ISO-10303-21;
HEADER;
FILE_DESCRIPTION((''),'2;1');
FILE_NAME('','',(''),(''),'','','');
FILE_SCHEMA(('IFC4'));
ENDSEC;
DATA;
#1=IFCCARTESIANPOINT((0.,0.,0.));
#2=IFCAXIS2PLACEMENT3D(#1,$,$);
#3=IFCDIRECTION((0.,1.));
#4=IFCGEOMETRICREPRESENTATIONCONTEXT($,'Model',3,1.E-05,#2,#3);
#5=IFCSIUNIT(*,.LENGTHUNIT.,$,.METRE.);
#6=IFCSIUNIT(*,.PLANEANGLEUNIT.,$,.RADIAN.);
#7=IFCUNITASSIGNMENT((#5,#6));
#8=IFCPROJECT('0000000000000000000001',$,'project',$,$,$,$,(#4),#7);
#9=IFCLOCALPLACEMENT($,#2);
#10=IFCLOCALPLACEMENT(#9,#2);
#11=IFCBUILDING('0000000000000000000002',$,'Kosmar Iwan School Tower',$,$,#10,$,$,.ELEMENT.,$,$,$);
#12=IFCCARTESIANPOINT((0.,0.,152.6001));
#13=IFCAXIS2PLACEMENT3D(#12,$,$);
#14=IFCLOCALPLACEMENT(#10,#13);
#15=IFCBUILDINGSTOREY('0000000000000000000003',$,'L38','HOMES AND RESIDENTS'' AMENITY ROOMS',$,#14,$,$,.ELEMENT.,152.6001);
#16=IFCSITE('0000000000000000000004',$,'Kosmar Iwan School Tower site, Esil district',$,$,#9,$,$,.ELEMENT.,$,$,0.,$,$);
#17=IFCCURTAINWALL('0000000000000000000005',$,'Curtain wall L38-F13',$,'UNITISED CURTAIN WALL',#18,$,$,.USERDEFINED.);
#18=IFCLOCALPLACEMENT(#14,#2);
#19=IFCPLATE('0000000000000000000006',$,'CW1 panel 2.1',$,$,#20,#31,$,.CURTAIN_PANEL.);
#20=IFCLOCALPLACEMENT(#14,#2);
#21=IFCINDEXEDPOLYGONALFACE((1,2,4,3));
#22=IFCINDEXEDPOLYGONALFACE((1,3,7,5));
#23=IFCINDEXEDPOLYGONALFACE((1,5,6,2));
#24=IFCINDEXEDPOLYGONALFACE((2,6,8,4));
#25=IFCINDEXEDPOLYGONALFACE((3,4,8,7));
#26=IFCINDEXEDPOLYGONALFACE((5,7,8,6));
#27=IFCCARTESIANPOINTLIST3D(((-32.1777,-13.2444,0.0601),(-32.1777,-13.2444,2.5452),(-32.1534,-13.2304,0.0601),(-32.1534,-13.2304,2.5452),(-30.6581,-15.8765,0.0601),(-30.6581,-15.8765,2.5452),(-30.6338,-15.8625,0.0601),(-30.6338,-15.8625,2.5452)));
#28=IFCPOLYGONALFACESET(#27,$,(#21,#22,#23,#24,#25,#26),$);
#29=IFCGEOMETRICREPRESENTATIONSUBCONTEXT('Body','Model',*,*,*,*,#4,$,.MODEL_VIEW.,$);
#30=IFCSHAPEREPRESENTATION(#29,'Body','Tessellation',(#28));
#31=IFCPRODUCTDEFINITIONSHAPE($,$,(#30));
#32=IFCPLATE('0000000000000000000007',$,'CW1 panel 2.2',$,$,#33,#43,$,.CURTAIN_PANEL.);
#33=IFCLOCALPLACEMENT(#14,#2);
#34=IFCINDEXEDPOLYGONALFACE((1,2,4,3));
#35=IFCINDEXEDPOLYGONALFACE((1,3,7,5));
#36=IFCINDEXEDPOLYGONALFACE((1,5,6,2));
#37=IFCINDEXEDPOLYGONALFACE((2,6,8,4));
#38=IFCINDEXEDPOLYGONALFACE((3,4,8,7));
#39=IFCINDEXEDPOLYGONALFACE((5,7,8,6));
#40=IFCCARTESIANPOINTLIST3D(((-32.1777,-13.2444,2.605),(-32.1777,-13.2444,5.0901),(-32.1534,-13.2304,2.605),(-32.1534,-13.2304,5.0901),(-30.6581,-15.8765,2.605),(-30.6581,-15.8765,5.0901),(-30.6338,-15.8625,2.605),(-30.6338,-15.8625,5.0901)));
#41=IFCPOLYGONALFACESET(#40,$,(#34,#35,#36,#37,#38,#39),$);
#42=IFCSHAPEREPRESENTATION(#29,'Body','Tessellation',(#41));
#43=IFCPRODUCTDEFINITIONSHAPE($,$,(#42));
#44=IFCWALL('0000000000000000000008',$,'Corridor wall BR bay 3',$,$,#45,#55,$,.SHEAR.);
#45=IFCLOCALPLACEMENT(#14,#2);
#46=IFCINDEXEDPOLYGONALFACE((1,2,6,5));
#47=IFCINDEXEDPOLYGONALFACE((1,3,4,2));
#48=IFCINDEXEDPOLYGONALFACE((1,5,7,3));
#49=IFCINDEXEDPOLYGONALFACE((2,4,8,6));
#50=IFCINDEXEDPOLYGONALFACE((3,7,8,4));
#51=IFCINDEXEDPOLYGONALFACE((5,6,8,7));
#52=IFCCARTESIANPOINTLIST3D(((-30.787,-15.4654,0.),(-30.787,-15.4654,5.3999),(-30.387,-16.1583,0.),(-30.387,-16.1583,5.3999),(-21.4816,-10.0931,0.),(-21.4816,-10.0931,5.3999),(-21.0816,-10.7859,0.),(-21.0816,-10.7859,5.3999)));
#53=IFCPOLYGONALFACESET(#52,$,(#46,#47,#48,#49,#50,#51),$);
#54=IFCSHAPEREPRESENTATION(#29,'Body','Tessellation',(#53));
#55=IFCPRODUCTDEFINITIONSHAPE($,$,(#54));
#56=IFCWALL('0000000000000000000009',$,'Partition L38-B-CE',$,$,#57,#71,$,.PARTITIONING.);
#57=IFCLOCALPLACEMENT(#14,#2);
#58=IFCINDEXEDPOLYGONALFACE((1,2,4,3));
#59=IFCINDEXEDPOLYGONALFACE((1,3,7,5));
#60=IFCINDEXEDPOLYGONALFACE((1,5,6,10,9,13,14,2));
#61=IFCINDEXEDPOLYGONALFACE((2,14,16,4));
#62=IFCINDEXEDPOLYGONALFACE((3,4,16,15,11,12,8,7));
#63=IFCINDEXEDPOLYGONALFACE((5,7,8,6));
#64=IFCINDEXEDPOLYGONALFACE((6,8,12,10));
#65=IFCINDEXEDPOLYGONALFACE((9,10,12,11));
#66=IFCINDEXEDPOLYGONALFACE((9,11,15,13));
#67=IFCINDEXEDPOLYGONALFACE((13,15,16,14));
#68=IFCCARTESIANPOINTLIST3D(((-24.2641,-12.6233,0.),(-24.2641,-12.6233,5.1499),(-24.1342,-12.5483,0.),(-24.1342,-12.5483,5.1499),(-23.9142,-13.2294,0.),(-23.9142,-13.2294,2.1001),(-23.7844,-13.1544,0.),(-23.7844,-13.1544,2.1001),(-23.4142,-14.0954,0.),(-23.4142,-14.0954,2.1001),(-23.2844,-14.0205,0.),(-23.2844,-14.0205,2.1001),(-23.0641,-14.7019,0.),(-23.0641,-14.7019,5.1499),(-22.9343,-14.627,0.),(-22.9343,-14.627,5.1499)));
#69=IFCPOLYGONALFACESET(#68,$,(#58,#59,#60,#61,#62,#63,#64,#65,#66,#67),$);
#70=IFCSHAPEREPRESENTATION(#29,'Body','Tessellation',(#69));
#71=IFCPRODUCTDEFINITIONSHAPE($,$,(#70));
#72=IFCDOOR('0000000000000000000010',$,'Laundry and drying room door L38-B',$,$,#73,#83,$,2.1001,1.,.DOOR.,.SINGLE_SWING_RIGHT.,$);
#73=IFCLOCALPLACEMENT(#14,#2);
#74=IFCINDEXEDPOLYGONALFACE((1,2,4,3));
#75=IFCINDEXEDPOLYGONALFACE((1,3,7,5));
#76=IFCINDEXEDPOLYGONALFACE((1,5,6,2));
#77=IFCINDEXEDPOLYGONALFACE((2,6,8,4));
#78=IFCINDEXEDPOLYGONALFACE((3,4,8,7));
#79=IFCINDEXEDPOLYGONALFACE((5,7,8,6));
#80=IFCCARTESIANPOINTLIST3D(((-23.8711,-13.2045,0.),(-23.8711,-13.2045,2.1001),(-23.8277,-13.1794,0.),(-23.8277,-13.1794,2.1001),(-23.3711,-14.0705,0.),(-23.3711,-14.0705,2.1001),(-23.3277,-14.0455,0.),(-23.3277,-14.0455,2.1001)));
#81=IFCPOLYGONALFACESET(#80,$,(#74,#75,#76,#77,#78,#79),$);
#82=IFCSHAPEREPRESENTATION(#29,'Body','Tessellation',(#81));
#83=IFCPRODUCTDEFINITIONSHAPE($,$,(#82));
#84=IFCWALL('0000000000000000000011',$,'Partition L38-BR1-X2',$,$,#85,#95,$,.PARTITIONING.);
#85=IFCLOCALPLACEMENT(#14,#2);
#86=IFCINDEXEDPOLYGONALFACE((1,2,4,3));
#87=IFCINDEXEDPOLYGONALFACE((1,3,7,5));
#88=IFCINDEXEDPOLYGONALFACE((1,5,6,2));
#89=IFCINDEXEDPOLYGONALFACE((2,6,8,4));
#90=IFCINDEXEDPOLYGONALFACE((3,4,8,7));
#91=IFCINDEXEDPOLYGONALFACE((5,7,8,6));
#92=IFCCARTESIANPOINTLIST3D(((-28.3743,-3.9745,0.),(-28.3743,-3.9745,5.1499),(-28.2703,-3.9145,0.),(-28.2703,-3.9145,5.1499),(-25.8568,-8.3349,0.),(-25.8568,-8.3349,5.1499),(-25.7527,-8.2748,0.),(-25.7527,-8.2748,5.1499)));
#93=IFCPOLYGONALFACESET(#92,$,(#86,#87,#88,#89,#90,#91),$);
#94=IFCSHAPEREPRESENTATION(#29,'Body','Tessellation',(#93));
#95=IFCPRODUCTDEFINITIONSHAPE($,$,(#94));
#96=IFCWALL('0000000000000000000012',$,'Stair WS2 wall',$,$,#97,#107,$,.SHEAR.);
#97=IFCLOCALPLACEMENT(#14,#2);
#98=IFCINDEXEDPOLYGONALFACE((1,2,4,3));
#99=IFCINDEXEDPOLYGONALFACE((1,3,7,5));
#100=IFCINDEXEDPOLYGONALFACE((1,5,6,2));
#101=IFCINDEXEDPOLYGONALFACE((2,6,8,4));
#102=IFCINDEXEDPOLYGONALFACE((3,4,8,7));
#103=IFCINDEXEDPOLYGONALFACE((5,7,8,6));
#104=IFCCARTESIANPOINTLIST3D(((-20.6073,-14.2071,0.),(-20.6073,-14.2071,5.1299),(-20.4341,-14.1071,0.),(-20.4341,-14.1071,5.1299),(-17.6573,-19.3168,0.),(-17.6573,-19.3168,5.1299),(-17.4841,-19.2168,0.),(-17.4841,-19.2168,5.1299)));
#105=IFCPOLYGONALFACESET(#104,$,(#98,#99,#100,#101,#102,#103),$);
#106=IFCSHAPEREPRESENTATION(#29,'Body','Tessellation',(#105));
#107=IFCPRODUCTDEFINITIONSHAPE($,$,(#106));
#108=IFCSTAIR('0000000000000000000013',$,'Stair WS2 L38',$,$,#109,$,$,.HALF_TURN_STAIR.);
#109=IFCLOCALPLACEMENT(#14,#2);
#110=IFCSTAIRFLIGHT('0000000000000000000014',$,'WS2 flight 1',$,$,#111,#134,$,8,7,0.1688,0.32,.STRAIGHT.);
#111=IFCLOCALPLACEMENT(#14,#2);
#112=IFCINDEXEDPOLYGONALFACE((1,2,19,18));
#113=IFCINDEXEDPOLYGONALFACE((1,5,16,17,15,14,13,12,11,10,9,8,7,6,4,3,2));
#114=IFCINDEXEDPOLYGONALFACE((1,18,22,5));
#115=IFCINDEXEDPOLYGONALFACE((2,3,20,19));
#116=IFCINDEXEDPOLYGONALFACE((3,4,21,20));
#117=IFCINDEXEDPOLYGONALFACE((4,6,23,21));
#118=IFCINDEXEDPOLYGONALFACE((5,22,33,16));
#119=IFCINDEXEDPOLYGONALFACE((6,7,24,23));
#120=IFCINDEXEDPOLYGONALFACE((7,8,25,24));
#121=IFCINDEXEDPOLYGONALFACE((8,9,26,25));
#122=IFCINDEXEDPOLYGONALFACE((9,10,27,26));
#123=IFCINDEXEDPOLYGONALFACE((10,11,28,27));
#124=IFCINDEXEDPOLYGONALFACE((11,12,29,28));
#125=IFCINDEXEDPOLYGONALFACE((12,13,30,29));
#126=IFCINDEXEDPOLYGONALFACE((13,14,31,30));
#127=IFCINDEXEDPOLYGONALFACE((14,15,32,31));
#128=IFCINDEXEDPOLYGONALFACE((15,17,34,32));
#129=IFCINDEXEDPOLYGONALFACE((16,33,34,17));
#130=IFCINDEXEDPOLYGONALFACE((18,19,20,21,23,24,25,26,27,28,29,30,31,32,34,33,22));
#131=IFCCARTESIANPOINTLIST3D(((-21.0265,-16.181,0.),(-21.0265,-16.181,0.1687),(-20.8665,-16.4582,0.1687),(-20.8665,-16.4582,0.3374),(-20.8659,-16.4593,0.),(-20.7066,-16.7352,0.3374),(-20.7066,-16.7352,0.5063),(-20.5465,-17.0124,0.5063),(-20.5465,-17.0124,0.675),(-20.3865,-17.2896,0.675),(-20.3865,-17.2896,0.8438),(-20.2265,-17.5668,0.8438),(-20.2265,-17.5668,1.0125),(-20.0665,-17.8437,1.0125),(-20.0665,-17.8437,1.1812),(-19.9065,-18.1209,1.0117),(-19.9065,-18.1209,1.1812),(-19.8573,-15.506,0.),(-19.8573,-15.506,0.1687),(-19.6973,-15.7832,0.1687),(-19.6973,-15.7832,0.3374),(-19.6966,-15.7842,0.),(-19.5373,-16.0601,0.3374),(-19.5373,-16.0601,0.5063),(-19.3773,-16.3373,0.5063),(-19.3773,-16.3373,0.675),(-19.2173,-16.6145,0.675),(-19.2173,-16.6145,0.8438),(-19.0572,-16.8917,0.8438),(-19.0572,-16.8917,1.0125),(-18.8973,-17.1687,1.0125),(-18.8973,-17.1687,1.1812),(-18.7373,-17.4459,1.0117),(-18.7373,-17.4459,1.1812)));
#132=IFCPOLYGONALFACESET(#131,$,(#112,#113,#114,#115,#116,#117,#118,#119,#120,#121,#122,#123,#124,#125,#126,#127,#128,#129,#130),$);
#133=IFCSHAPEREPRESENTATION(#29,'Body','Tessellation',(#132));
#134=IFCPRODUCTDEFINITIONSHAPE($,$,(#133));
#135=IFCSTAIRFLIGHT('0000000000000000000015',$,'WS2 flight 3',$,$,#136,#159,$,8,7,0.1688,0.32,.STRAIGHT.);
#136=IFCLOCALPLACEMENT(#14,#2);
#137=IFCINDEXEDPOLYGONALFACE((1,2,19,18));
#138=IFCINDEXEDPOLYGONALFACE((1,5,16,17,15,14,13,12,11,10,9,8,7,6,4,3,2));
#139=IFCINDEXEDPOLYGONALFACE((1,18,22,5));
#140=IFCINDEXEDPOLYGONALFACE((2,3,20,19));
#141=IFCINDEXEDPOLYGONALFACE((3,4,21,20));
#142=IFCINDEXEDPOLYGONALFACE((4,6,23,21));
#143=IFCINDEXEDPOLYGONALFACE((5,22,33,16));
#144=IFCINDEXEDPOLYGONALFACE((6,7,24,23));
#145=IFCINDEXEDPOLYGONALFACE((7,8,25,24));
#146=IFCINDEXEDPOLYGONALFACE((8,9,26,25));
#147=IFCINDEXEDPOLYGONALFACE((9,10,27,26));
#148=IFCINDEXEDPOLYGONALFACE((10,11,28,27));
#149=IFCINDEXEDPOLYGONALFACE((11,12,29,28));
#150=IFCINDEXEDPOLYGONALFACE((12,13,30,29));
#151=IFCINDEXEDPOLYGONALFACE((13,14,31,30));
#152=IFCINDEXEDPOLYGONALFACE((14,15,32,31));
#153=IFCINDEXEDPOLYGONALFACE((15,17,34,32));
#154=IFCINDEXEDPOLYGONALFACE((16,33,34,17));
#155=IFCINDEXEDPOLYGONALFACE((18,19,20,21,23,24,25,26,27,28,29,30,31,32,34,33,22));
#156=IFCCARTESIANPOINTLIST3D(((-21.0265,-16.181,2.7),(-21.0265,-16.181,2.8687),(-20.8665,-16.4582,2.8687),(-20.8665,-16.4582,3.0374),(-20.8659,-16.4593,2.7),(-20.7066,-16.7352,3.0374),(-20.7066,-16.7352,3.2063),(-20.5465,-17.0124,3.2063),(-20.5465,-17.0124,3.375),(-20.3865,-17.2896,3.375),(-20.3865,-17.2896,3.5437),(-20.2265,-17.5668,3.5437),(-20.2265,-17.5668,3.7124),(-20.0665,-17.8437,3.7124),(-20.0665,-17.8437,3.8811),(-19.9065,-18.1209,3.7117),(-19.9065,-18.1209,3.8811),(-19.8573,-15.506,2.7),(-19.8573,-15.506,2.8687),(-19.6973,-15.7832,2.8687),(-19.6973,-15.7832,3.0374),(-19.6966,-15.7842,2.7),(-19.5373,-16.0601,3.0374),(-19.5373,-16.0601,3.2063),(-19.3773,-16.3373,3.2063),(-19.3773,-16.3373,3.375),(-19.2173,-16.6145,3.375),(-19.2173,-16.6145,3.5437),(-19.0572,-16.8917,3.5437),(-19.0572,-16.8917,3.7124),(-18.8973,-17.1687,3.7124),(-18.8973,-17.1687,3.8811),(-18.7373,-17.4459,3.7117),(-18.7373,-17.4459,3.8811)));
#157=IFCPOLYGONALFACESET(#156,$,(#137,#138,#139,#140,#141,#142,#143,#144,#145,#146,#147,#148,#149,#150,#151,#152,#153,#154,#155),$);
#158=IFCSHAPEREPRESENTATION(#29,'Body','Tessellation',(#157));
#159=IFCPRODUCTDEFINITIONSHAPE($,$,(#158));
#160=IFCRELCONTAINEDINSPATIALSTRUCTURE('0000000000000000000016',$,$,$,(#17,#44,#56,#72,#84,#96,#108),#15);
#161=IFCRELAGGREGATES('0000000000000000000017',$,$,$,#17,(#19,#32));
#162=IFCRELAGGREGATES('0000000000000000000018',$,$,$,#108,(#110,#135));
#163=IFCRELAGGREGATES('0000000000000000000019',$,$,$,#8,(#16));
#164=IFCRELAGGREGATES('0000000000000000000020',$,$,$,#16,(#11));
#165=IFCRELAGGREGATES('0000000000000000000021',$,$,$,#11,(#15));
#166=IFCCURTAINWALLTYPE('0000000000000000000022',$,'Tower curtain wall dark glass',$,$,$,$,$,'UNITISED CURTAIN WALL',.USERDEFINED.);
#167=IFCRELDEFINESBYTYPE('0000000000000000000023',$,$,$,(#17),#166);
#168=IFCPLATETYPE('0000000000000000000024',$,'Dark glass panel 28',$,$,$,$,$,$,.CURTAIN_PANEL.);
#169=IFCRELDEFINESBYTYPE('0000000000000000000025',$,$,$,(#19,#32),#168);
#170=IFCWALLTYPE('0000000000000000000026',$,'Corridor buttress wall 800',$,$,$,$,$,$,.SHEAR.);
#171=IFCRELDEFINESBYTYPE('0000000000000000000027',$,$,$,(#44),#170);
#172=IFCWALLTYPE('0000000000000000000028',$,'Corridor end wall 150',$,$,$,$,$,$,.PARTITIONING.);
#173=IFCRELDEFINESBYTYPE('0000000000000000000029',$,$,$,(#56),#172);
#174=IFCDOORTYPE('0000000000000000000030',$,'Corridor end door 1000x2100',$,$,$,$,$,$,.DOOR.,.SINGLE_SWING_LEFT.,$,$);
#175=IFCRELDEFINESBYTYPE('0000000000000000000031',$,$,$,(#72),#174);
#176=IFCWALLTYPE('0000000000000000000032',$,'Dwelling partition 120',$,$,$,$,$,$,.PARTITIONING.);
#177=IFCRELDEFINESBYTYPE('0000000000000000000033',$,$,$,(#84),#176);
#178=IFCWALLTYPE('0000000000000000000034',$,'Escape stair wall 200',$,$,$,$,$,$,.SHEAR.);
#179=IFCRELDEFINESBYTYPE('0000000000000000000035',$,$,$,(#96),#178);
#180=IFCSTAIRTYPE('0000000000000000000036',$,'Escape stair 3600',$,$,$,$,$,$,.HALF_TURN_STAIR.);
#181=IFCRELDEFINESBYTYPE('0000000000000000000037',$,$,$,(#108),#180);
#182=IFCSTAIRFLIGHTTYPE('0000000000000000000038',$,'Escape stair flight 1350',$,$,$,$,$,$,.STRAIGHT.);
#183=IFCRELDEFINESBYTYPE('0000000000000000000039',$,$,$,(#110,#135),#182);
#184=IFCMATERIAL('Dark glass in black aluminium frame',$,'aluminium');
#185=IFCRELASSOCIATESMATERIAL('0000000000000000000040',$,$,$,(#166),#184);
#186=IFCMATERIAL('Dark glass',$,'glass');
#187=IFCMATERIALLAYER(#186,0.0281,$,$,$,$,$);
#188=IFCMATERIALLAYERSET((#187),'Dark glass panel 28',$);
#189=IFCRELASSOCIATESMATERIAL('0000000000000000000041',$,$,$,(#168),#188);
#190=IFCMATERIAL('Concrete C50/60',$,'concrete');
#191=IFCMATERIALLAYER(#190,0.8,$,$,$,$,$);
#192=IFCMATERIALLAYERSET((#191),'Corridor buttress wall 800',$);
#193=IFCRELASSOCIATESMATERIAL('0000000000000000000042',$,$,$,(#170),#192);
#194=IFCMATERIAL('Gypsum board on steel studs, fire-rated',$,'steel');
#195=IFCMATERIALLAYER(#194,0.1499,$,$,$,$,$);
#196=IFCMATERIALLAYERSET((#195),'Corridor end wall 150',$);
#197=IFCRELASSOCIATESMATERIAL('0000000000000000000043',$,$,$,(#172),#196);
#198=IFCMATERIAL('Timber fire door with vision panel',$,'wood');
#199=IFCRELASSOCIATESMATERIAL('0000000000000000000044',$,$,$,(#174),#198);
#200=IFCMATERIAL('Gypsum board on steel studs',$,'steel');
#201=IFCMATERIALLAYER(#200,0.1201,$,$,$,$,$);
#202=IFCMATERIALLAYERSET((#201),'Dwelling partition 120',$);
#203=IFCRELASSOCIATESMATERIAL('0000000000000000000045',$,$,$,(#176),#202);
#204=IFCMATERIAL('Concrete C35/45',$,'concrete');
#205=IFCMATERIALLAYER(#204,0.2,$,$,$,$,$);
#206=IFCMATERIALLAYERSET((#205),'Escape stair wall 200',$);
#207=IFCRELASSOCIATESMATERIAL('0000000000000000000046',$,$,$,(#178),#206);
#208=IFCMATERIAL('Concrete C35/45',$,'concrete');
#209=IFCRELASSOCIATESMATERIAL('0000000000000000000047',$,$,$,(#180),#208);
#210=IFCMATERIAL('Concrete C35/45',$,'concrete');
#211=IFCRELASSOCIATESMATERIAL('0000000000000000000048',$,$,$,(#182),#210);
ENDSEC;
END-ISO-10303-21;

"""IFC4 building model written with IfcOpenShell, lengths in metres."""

from ifc_helpers import new_model, si_unit, direction, frame, frame_2d, origin, origin_2d, place, context, subcontext, project, spatial, polyline, rectangle, outline, extrude, material, layer, layer_set, type_object, element, fill, aggregate, save


model = new_model("IFC4")

# Units and contexts
model_context = context("Model", 3, precision=1e-05, world=origin(), true_north=direction((0.0, 1.0)))
body_context = subcontext(model_context, "Body", "Model", "MODEL_VIEW")
ifc_project = project(units=[si_unit("LENGTHUNIT", "METRE"), si_unit("PLANEANGLEUNIT", "RADIAN")], contexts=[model_context])

# Site, building, storey
site_placement = place(None, origin())
site = spatial("IfcSite", under=ifc_project, at=site_placement, Name="Kosmar Iwan School Tower site, Esil district", CompositionType="ELEMENT", RefElevation=0.0)
building_placement = place(site_placement, origin())
building = spatial("IfcBuilding", under=site, at=building_placement, Name="Kosmar Iwan School Tower", CompositionType="ELEMENT")
storey_placement = place(building_placement, frame((0.0, 0.0, 152.6001)))
storey = spatial("IfcBuildingStorey", under=building, at=storey_placement, Name="L38", Description="HOMES AND RESIDENTS' AMENITY ROOMS", CompositionType="ELEMENT", Elevation=152.6001)

# Curtain wall
ifc_material_1 = material(Name="Dark glass in black aluminium frame", Category="aluminium")
curtain_wall_type_1 = type_object("IfcCurtainWallType", Name="Tower curtain wall dark glass", ElementType="UNITISED CURTAIN WALL", PredefinedType="USERDEFINED", material=ifc_material_1)
curtain_wall_1_placement = place(storey_placement, origin())
curtain_wall_1 = element("IfcCurtainWall", 1, at=curtain_wall_1_placement, inside=storey, type_object=curtain_wall_type_1, Name="Curtain wall L38-F13", ObjectType="UNITISED CURTAIN WALL", PredefinedType="USERDEFINED")

# Plates
ifc_material_2 = material(Name="Dark glass", Category="glass")
ifc_layer_1 = layer(ifc_material_2, 0.0281)
ifc_layer_set_1 = layer_set([ifc_layer_1], Name="Dark glass panel 28")
plate_type = type_object("IfcPlateType", Name="Dark glass panel 28", PredefinedType="CURTAIN_PANEL", material=ifc_layer_set_1)
plate_1_placement = place(storey_placement, frame((-31.4058, -14.5535, 0.0601), z_axis=(0.0, 0.0, 1.0), x_axis=(0.5, -0.866025, 0.0)))
plate_1 = element("IfcPlate", 2, at=plate_1_placement, type_object=plate_type, Name="CW1 panel 2.1", PredefinedType="CURTAIN_PANEL", context=body_context, shape_type="SweptSolid", body=[
    extrude(rectangle(XDim=3.0393, YDim=0.0281, at=origin_2d()), origin(), (0.0, 0.0, 1.0), 2.4851),
])
plate_2_placement = place(storey_placement, frame((-31.4058, -14.5535, 2.605), z_axis=(0.0, 0.0, 1.0), x_axis=(0.5, -0.866025, 0.0)))
plate_2 = element("IfcPlate", 3, at=plate_2_placement, type_object=plate_type, Name="CW1 panel 2.2", PredefinedType="CURTAIN_PANEL", context=body_context, shape_type="SweptSolid", body=[
    extrude(rectangle(XDim=3.0393, YDim=0.0281, at=origin_2d()), origin(), (0.0, 0.0, 1.0), 2.4851),
])
aggregate(curtain_wall_1, [plate_1, plate_2])

# Wall
ifc_material_3 = material(Name="Concrete C50/60", Category="concrete")
ifc_layer_2 = layer(ifc_material_3, 0.8)
ifc_layer_set_2 = layer_set([ifc_layer_2], Name="Corridor buttress wall 800")
wall_type_1 = type_object("IfcWallType", Name="Corridor buttress wall 800", PredefinedType="SHEAR", material=ifc_layer_set_2)
wall_1_placement = place(storey_placement, frame((-21.2815, -10.4395, 0.0), z_axis=(0.0, 0.0, 1.0), x_axis=(-0.866032, -0.499988, 0.0)))
element("IfcWall", 4, at=wall_1_placement, inside=storey, type_object=wall_type_1, Name="Corridor wall BR bay 3", PredefinedType="SHEAR", context=body_context, shape_type="SweptSolid", body=[
    extrude(rectangle(XDim=10.7449, YDim=0.8, at=frame_2d((5.3726, 0.0))), origin(), (0.0, 0.0, 1.0), 5.3999),
])

# Wall, opening, door
ifc_material_4 = material(Name="Gypsum board on steel studs, fire-rated", Category="steel")
ifc_layer_3 = layer(ifc_material_4, 0.1499)
ifc_layer_set_3 = layer_set([ifc_layer_3], Name="Corridor end wall 150")
wall_type_2 = type_object("IfcWallType", Name="Corridor end wall 150", PredefinedType="PARTITIONING", material=ifc_layer_set_3)
wall_2_placement = place(storey_placement, frame((-24.1992, -12.5857, 0.0), z_axis=(0.0, 0.0, 1.0), x_axis=(0.499957, -0.86605, 0.0)))
wall_2 = element("IfcWall", 5, at=wall_2_placement, inside=storey, type_object=wall_type_2, Name="Partition L38-B-CE", PredefinedType="PARTITIONING", context=body_context, shape_type="SweptSolid", body=[
    extrude(rectangle(XDim=2.4001, YDim=0.1499, at=frame_2d((1.2002, 0.0))), origin(), (0.0, 0.0, 1.0), 5.1499),
])
opening_placement = place(wall_2_placement, frame((0.7, 0.0, 0.0)))
opening = element("IfcOpeningElement", 6, at=opening_placement, cuts=wall_2, PredefinedType="OPENING", context=body_context, shape_type="SweptSolid", body=[
    extrude(rectangle(XDim=1.0, YDim=2.1001, at=frame_2d((0.5, 1.05))), frame((0.0, 0.0869, 0.0), z_axis=(0.0, -1.0, 0.0), x_axis=(1.0, 0.0, 0.0)), (0.0, 0.0, 1.0), 0.1738),
])
ifc_material_5 = material(Name="Timber fire door with vision panel", Category="wood")
door_type = type_object("IfcDoorType", Name="Corridor end door 1000x2100", OperationType="SINGLE_SWING_LEFT", PredefinedType="DOOR", material=ifc_material_5)
door_placement = place(opening_placement, origin())
door = element("IfcDoor", 7, at=door_placement, inside=storey, type_object=door_type, Name="Laundry and drying room door L38-B", OperationType="SINGLE_SWING_RIGHT", OverallHeight=2.1001, OverallWidth=1.0, PredefinedType="DOOR", context=body_context, shape_type="SweptSolid", body=[
    extrude(rectangle(XDim=1.0, YDim=2.1001, at=frame_2d((0.5, 1.05))), frame((0.0, 0.0249, 0.0), z_axis=(0.0, -1.0, 0.0), x_axis=(1.0, 0.0, 0.0)), (0.0, 0.0, 1.0), 0.05),
])
fill(opening, door)

# Walls
ifc_material_6 = material(Name="Gypsum board on steel studs", Category="steel")
ifc_layer_4 = layer(ifc_material_6, 0.1201)
ifc_layer_set_4 = layer_set([ifc_layer_4], Name="Dwelling partition 120")
wall_type_3 = type_object("IfcWallType", Name="Dwelling partition 120", PredefinedType="PARTITIONING", material=ifc_layer_set_4)
wall_3_placement = place(storey_placement, frame((-25.8047, -8.3049, 0.0), z_axis=(0.0, 0.0, 1.0), x_axis=(-0.500019, 0.866014, 0.0)))
element("IfcWall", 8, at=wall_3_placement, inside=storey, type_object=wall_type_3, Name="Partition L38-BR1-X2", PredefinedType="PARTITIONING", context=body_context, shape_type="SweptSolid", body=[
    extrude(rectangle(XDim=5.0349, YDim=0.1201, at=frame_2d((2.5176, 0.0))), origin(), (0.0, 0.0, 1.0), 5.1499),
])
ifc_material_7 = material(Name="Concrete C35/45", Category="concrete")
ifc_layer_5 = layer(ifc_material_7, 0.2)
ifc_layer_set_5 = layer_set([ifc_layer_5], Name="Escape stair wall 200")
wall_type_4 = type_object("IfcWallType", Name="Escape stair wall 200", PredefinedType="SHEAR", material=ifc_layer_set_5)
wall_4_placement = place(storey_placement, frame((-20.5208, -14.157, 0.0), z_axis=(0.0, 0.0, 1.0), x_axis=(0.499989, -0.866032, 0.0)))
element("IfcWall", 9, at=wall_4_placement, inside=storey, type_object=wall_type_4, Name="Stair WS2 wall", PredefinedType="SHEAR", context=body_context, shape_type="SweptSolid", body=[
    extrude(rectangle(XDim=5.9001, YDim=0.2, at=frame_2d((2.9502, 0.0))), origin(), (0.0, 0.0, 1.0), 5.1299),
])

# Stair, stair flights
ifc_material_8 = material(Name="Concrete C35/45", Category="concrete")
stair_type = type_object("IfcStairType", Name="Escape stair 3600", PredefinedType="HALF_TURN_STAIR", material=ifc_material_8)
stair_placement = place(storey_placement, origin())
stair = element("IfcStair", 10, at=stair_placement, inside=storey, type_object=stair_type, Name="Stair WS2 L38", PredefinedType="HALF_TURN_STAIR")
ifc_material_9 = material(Name="Concrete C35/45", Category="concrete")
stair_flight_type = type_object("IfcStairFlightType", Name="Escape stair flight 1350", PredefinedType="STRAIGHT", material=ifc_material_9)
stair_flight_1_placement = place(storey_placement, frame((-20.4419, -15.8435, 0.0), z_axis=(0.0, 0.0, 1.0), x_axis=(0.5, -0.866025, 0.0)))
stair_flight_1 = element("IfcStairFlight", 11, at=stair_flight_1_placement, type_object=stair_flight_type, Name="WS2 flight 1", NumberOfRisers=8, NumberOfTreads=7, PredefinedType="STRAIGHT", RiserHeight=0.1688, TreadLength=0.32, context=body_context, shape_type="SweptSolid", body=[
    extrude(outline(polyline([(0.0, 0.0), (0.0, 0.1687), (0.3201, 0.1687), (0.3201, 0.3374), (0.6399, 0.3374), (0.6399, 0.5063), (0.96, 0.5063), (0.96, 0.675), (1.28, 0.675), (1.28, 0.8438), (1.6001, 0.8438), (1.6001, 1.0125), (1.9199, 1.0125), (1.9199, 1.1812), (2.24, 1.1812), (2.24, 1.3501), (2.24, 1.0117), (0.3213, 0.0), (0.0, 0.0)])), frame((0.0, 0.675, 0.0), z_axis=(0.0, -1.0, 0.0), x_axis=(1.0, 0.0, 0.0)), (0.0, 0.0, 1.0), 1.3501),
])
stair_flight_2_placement = place(storey_placement, frame((-20.4419, -15.8435, 2.7), z_axis=(0.0, 0.0, 1.0), x_axis=(0.5, -0.866025, 0.0)))
stair_flight_2 = element("IfcStairFlight", 12, at=stair_flight_2_placement, type_object=stair_flight_type, Name="WS2 flight 3", NumberOfRisers=8, NumberOfTreads=7, PredefinedType="STRAIGHT", RiserHeight=0.1688, TreadLength=0.32, context=body_context, shape_type="SweptSolid", body=[
    extrude(outline(polyline([(0.0, 0.0), (0.0, 0.1687), (0.3201, 0.1687), (0.3201, 0.3374), (0.6399, 0.3374), (0.6399, 0.5063), (0.96, 0.5063), (0.96, 0.675), (1.28, 0.675), (1.28, 0.8438), (1.6001, 0.8438), (1.6001, 1.0125), (1.9199, 1.0125), (1.9199, 1.1812), (2.24, 1.1812), (2.24, 1.3501), (2.24, 1.0117), (0.3213, 0.0), (0.0, 0.0)])), frame((0.0, 0.675, 0.0), z_axis=(0.0, -1.0, 0.0), x_axis=(1.0, 0.0, 0.0)), (0.0, 0.0, 1.0), 1.3501),
])
aggregate(stair, [stair_flight_1, stair_flight_2])

save(model, "model.ifc")
